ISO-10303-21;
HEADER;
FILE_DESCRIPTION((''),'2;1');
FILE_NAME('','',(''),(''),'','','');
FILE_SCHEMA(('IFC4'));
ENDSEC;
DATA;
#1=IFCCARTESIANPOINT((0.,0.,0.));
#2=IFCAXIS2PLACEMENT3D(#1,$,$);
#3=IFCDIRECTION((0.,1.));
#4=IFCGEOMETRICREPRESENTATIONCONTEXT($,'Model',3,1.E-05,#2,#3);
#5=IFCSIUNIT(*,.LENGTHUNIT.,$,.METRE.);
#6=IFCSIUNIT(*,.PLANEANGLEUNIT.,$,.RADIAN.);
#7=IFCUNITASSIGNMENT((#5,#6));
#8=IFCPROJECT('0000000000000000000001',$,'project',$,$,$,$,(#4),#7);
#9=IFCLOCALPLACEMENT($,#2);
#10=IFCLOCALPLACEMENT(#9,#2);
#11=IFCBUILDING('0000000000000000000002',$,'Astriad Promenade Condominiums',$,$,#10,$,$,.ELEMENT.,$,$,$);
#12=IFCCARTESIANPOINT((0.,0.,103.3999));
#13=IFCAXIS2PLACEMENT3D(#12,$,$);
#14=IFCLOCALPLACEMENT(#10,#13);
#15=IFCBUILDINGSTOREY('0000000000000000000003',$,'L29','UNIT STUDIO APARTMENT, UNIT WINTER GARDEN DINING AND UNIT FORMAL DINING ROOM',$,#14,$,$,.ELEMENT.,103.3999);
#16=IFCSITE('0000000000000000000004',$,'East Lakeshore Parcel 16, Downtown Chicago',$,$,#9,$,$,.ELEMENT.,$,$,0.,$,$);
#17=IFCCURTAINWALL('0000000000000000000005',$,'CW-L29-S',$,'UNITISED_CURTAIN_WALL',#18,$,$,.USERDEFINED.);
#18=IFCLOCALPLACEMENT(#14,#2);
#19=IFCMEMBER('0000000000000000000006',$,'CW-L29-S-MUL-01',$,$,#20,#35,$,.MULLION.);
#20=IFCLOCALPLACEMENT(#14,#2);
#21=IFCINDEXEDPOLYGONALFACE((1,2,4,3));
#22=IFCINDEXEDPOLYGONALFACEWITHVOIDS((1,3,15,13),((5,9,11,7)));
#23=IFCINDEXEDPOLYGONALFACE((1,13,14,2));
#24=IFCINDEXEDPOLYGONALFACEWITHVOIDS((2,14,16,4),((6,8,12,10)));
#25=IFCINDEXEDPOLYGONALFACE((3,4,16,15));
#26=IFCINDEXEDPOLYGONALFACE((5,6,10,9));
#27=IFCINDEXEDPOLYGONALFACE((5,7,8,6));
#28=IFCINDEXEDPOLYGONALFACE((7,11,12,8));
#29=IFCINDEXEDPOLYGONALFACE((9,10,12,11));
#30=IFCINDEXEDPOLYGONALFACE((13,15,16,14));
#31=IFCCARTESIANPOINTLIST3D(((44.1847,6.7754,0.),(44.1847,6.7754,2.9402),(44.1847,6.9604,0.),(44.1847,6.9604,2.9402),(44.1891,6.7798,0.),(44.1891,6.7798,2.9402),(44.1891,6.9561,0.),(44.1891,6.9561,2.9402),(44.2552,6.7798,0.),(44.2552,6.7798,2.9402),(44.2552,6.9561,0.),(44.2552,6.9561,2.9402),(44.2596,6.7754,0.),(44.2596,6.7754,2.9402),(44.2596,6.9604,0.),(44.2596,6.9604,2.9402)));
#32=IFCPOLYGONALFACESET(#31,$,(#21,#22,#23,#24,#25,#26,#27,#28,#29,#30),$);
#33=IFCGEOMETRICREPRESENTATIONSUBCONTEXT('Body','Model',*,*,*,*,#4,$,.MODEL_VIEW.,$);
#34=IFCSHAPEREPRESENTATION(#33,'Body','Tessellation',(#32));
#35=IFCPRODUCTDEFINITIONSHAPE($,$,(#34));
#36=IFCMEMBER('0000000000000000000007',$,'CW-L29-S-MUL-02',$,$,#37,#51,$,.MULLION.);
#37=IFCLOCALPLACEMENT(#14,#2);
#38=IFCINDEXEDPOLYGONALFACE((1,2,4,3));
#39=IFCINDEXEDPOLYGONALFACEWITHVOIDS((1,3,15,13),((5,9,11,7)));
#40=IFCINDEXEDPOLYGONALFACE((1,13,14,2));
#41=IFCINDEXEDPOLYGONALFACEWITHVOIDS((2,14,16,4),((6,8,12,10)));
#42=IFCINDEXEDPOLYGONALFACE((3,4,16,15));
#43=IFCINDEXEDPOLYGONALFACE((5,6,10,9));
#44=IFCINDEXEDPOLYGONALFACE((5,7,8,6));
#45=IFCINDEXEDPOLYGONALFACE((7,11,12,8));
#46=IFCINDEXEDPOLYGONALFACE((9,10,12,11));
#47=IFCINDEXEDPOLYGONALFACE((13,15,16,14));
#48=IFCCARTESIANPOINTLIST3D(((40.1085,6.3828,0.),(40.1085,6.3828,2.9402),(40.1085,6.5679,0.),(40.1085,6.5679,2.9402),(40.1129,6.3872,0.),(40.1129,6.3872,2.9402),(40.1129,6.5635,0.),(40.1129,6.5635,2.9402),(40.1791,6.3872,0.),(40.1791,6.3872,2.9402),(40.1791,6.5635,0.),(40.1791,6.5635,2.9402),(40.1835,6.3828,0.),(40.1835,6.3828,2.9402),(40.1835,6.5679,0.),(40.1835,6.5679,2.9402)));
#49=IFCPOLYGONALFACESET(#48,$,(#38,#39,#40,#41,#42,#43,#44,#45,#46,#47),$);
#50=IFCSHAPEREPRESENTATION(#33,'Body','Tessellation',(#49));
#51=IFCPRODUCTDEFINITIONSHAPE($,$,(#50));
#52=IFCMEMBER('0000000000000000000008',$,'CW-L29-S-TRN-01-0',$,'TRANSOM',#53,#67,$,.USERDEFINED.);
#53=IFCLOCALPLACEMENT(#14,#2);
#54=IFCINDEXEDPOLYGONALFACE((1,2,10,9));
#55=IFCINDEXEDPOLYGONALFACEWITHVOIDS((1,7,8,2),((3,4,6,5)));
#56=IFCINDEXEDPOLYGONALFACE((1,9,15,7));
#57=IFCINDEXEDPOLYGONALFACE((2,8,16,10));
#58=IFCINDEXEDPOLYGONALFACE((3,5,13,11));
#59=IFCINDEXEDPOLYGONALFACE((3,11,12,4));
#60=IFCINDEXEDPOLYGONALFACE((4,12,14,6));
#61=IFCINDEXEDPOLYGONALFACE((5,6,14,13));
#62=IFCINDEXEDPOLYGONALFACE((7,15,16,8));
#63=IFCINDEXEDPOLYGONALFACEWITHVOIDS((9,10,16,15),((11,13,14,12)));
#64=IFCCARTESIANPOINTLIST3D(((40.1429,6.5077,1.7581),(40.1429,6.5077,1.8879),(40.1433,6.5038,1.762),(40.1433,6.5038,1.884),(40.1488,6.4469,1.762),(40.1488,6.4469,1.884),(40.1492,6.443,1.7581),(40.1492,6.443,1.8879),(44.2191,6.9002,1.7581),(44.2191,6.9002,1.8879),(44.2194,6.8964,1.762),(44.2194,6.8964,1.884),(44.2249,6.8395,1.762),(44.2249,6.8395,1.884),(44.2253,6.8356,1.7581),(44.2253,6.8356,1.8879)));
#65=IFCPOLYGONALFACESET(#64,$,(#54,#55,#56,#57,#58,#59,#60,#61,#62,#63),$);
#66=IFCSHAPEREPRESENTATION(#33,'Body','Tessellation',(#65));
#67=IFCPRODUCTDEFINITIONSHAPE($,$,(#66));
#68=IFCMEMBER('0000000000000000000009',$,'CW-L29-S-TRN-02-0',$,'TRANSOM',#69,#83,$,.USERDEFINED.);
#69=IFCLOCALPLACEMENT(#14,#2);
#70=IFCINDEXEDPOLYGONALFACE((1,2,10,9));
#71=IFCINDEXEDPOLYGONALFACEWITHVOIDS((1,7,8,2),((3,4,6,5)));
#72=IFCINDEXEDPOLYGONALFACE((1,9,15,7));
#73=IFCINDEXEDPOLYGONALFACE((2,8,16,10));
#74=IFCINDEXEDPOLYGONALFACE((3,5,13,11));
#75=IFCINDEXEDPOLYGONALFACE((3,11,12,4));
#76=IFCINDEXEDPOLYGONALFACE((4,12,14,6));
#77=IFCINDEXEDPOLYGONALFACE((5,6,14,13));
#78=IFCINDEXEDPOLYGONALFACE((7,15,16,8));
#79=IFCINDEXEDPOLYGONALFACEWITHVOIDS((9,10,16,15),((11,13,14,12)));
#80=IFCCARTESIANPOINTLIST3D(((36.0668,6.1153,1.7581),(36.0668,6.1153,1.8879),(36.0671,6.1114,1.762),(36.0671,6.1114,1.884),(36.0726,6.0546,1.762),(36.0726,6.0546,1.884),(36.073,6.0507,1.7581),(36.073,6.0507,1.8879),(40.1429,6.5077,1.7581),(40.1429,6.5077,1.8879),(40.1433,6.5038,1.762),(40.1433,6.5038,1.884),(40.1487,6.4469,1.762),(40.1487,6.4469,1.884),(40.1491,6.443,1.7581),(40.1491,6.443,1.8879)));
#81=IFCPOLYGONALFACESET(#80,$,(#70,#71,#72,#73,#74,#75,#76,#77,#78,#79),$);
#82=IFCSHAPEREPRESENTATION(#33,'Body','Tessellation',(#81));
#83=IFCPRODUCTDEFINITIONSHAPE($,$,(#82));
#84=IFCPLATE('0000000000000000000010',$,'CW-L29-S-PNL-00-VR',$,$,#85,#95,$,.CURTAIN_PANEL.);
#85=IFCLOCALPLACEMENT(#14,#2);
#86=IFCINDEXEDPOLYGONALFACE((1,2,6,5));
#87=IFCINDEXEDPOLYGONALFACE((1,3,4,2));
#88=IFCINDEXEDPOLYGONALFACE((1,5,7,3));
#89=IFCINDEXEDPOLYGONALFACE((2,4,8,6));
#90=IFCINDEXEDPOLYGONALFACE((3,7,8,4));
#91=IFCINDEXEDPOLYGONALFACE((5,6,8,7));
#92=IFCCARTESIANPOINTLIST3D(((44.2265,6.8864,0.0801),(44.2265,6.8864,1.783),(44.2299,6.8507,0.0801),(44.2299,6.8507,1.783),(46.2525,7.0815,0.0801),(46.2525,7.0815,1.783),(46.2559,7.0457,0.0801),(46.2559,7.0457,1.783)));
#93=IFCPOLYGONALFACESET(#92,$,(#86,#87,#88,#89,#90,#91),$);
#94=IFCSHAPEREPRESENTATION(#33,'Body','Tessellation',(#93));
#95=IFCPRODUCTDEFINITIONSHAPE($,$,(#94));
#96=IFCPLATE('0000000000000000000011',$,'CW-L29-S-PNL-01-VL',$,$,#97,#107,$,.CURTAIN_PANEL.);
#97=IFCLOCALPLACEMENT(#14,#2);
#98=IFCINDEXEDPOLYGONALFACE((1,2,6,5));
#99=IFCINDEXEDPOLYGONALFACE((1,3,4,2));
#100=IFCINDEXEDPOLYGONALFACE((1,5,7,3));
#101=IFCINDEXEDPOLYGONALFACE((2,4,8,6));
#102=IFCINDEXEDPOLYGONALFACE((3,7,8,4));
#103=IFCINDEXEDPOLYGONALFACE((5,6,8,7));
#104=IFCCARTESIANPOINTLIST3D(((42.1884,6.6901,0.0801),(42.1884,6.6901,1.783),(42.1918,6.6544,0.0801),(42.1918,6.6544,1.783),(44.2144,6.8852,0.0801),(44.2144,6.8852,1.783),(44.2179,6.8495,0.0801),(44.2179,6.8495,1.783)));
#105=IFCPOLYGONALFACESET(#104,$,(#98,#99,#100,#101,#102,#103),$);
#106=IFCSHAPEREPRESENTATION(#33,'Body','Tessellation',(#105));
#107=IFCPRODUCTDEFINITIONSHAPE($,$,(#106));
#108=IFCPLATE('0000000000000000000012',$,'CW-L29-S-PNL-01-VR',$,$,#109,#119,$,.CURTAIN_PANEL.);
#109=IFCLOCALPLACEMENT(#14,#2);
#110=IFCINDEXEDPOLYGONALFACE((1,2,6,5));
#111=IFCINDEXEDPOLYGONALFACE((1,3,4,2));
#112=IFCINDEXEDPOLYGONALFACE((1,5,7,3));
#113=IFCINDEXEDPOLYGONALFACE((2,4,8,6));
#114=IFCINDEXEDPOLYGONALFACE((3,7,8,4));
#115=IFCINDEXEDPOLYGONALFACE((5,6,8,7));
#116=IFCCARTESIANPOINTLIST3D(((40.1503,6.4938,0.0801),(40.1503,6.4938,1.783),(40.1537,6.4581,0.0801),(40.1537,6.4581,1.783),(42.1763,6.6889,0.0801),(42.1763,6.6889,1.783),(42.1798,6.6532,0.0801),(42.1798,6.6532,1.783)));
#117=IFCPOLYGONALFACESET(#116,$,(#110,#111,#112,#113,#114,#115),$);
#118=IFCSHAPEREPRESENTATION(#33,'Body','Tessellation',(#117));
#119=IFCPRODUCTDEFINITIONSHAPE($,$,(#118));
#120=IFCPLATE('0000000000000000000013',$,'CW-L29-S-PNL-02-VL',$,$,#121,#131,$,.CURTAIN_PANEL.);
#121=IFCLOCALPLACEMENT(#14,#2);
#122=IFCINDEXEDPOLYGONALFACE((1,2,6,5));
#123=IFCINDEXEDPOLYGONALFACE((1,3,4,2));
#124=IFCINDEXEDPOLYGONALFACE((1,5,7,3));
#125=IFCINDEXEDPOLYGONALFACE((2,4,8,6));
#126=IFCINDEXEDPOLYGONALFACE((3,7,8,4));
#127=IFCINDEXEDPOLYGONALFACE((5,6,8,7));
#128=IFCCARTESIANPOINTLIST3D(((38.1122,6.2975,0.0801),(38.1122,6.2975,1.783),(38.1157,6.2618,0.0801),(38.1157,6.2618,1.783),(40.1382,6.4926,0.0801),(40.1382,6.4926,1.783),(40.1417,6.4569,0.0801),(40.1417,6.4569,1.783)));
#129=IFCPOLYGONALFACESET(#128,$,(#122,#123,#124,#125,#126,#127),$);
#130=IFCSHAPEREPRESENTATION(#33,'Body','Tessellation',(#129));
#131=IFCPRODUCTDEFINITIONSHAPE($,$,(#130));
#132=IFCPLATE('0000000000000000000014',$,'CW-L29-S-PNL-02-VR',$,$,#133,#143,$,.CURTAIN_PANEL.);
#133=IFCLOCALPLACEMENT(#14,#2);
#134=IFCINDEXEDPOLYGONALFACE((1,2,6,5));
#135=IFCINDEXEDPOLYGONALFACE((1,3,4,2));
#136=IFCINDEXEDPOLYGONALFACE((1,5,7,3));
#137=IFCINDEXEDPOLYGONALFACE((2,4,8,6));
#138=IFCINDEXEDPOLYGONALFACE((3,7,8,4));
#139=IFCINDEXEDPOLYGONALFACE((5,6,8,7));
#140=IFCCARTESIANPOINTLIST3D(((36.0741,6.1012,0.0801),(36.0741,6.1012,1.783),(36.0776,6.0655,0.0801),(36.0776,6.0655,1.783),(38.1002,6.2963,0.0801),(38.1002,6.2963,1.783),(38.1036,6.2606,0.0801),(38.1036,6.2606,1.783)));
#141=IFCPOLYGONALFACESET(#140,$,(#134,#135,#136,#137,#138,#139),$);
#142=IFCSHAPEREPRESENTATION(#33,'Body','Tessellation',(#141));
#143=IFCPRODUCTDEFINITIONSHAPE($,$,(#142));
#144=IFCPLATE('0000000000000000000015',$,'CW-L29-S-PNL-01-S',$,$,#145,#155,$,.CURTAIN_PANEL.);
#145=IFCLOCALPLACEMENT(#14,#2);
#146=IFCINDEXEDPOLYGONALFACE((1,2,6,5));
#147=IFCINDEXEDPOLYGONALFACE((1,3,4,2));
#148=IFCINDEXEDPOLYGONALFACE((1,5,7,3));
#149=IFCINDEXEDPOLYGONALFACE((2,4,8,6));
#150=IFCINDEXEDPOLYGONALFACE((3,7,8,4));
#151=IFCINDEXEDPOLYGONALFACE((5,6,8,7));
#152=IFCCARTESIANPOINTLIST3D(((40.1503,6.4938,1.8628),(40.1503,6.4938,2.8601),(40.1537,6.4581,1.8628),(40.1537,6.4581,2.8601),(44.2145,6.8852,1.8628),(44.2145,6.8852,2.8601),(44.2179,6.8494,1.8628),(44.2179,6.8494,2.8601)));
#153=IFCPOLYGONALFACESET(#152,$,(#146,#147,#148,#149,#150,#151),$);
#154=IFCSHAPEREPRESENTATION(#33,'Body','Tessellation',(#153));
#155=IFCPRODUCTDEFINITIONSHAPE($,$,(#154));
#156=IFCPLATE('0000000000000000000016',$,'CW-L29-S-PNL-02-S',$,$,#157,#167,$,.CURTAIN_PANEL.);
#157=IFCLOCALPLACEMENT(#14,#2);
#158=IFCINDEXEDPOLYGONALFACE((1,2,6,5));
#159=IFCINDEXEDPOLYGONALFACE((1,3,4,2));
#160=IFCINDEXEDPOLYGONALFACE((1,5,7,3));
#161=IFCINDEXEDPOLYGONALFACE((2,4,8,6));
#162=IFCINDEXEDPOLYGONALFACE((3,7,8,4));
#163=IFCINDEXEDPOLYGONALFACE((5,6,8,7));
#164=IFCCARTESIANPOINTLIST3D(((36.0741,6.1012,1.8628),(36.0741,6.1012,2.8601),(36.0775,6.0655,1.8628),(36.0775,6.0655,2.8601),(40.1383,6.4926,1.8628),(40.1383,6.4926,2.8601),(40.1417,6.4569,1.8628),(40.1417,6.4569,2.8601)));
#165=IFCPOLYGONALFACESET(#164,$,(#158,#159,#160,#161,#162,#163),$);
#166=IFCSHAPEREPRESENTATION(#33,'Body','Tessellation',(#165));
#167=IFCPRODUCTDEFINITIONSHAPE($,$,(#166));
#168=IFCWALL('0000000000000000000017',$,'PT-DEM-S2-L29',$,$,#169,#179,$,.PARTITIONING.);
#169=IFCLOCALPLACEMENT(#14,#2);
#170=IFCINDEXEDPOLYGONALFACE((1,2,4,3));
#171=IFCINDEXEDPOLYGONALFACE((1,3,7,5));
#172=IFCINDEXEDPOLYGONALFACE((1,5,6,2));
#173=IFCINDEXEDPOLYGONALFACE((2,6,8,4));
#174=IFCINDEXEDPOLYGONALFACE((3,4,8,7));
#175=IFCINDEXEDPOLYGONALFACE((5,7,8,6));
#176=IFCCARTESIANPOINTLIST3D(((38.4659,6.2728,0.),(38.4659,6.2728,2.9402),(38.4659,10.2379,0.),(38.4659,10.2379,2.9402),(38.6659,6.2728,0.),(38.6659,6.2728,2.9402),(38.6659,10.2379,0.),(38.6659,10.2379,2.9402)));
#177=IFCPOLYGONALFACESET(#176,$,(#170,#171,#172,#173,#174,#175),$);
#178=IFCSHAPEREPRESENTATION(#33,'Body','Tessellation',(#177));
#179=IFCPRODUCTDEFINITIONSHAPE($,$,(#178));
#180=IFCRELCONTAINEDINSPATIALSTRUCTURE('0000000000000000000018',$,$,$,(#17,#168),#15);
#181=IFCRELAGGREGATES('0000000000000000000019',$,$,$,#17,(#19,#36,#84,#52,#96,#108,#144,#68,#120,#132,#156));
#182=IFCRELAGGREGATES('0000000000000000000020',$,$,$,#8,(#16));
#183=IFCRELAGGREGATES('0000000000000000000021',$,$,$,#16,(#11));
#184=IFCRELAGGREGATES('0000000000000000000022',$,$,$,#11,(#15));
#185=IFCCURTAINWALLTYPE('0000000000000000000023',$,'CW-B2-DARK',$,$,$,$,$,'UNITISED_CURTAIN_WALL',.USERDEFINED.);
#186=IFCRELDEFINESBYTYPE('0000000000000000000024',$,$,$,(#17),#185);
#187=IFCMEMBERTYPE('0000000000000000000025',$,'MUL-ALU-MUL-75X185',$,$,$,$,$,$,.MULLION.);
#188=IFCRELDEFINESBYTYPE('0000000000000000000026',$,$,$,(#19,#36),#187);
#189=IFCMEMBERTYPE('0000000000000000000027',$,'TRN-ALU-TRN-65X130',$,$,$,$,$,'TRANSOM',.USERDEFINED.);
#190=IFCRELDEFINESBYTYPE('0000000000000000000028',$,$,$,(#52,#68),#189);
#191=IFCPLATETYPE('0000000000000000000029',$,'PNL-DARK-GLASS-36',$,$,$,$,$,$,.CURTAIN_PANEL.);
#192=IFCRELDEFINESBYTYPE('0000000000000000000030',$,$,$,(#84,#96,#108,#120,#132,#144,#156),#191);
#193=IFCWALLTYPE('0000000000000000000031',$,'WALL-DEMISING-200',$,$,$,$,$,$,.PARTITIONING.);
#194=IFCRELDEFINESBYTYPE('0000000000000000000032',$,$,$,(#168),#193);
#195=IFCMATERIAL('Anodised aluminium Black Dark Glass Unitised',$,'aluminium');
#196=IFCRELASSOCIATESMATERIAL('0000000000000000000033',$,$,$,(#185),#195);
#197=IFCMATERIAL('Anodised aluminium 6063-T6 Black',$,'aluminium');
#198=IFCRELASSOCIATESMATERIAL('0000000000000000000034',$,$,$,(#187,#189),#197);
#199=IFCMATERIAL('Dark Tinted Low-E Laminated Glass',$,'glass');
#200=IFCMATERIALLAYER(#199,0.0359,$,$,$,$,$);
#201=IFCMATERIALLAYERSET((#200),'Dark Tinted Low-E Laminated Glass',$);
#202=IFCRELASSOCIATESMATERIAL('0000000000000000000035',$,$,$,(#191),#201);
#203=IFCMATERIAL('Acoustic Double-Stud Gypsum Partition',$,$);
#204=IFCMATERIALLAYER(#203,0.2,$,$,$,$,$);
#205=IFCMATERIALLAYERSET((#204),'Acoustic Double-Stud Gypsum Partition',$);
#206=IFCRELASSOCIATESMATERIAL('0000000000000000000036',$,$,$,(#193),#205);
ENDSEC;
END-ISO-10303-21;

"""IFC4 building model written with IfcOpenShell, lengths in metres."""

from ifc_helpers import new_model, si_unit, direction, frame, frame_2d, origin, origin_2d, place, context, subcontext, project, spatial, rectangle, hollow_rectangle, extrude, source, transform, mapped, material, layer, layer_set, material_profile, profile_set, type_object, type_shapes, element, aggregate, save


model = new_model("IFC4")

# Units and contexts
model_context = context("Model", 3, precision=1e-05, world=origin(), true_north=direction((0.0, 1.0)))
body_context = subcontext(model_context, "Body", "Model", "MODEL_VIEW")
ifc_project = project(units=[si_unit("LENGTHUNIT", "METRE"), si_unit("PLANEANGLEUNIT", "RADIAN")], contexts=[model_context])

# Site, building, storey
site_placement = place(None, origin())
site = spatial("IfcSite", under=ifc_project, at=site_placement, Name="East Lakeshore Parcel 16, Downtown Chicago", CompositionType="ELEMENT", RefElevation=0.0)
building_placement = place(site_placement, origin())
building = spatial("IfcBuilding", under=site, at=building_placement, Name="Astriad Promenade Condominiums", CompositionType="ELEMENT")
storey_placement = place(building_placement, frame((0.0, 0.0, 103.3999)))
storey = spatial("IfcBuildingStorey", under=building, at=storey_placement, Name="L29", Description="UNIT STUDIO APARTMENT, UNIT WINTER GARDEN DINING AND UNIT FORMAL DINING ROOM", CompositionType="ELEMENT", Elevation=103.3999)

# Curtain wall, members, plates
ifc_material_1 = material(Name="Anodised aluminium Black Dark Glass Unitised", Category="aluminium")
curtain_wall_type = type_object("IfcCurtainWallType", Name="CW-B2-DARK", ElementType="UNITISED_CURTAIN_WALL", PredefinedType="USERDEFINED", material=ifc_material_1)
curtain_wall_placement = place(storey_placement, origin())
curtain_wall = element("IfcCurtainWall", 1, at=curtain_wall_placement, inside=storey, type_object=curtain_wall_type, Name="CW-L29-S", ObjectType="UNITISED_CURTAIN_WALL", PredefinedType="USERDEFINED")
ifc_material_2 = material(Name="Anodised aluminium 6063-T6 Black", Category="aluminium")
ifc_material_profile_1 = material_profile(ifc_material_2, hollow_rectangle(XDim=0.075, YDim=0.1851, WallThickness=0.0044, at=origin_2d()), Name="ALU-MUL-75X185")
ifc_profile_set_1 = profile_set([ifc_material_profile_1], Name="Anodised aluminium 6063-T6 Black")
member_type_1 = type_object("IfcMemberType", Name="MUL-ALU-MUL-75X185", PredefinedType="MULLION", material=ifc_profile_set_1)
shared_shape_1 = source(origin(), body_context, "Body", "SweptSolid", [
    extrude(hollow_rectangle(XDim=0.075, YDim=0.1851, WallThickness=0.0044, at=origin_2d()), origin(), (0.0, 0.0, 1.0), 2.9402),
])
type_shapes(member_type_1, [shared_shape_1])
member_1_placement = place(storey_placement, frame((44.2222, 6.8679, 0.0), z_axis=(0.0, 0.0, 1.0), x_axis=(1.0, 0.0, 0.0)))
member_1 = element("IfcMember", 2, at=member_1_placement, type_object=member_type_1, Name="CW-L29-S-MUL-01", PredefinedType="MULLION", context=body_context, shape_type="MappedRepresentation", body=[
    mapped(shared_shape_1, transform((0.0, 0.0, 0.0), scale=1.0)),
])
member_2_placement = place(storey_placement, frame((40.146, 6.4753, 0.0), z_axis=(0.0, 0.0, 1.0), x_axis=(1.0, 0.0, 0.0)))
member_2 = element("IfcMember", 3, at=member_2_placement, type_object=member_type_1, Name="CW-L29-S-MUL-02", PredefinedType="MULLION", context=body_context, shape_type="MappedRepresentation", body=[
    mapped(shared_shape_1, transform((0.0, 0.0, 0.0), scale=1.0)),
])
ifc_material_profile_2 = material_profile(ifc_material_2, hollow_rectangle(XDim=0.0649, YDim=0.1299, WallThickness=0.0039, at=origin_2d()), Name="ALU-TRN-65X130")
ifc_profile_set_2 = profile_set([ifc_material_profile_2], Name="Anodised aluminium 6063-T6 Black")
member_type_2 = type_object("IfcMemberType", Name="TRN-ALU-TRN-65X130", ElementType="TRANSOM", PredefinedType="USERDEFINED", material=ifc_profile_set_2)
shared_shape_2 = source(origin(), body_context, "Body", "SweptSolid", [
    extrude(hollow_rectangle(XDim=0.0649, YDim=0.1299, WallThickness=0.0039, at=origin_2d()), origin(), (0.0, 0.0, 1.0), 4.095),
])
type_shapes(member_type_2, [shared_shape_2])
member_3_placement = place(storey_placement, frame((44.2222, 6.8679, 1.823), z_axis=(-0.995394, -0.095867, 0.0), x_axis=(0.095867, -0.995394, 0.0)))
member_3 = element("IfcMember", 4, at=member_3_placement, type_object=member_type_2, Name="CW-L29-S-TRN-01-0", ObjectType="TRANSOM", PredefinedType="USERDEFINED", context=body_context, shape_type="MappedRepresentation", body=[
    mapped(shared_shape_2, transform((0.0, 0.0, 0.0), scale=1.0)),
])
member_4_placement = place(storey_placement, frame((40.146, 6.4753, 1.823), z_axis=(-0.9954, -0.095808, 0.0), x_axis=(0.095808, -0.9954, 0.0)))
member_4 = element("IfcMember", 5, at=member_4_placement, type_object=member_type_2, Name="CW-L29-S-TRN-02-0", ObjectType="TRANSOM", PredefinedType="USERDEFINED", context=body_context, shape_type="MappedRepresentation", body=[
    mapped(shared_shape_2, transform((0.0, 0.0, 0.0), scale=1.0)),
])
ifc_material_3 = material(Name="Dark Tinted Low-E Laminated Glass", Category="glass")
ifc_layer_1 = layer(ifc_material_3, 0.0359)
ifc_layer_set_1 = layer_set([ifc_layer_1], Name="Dark Tinted Low-E Laminated Glass")
plate_type = type_object("IfcPlateType", Name="PNL-DARK-GLASS-36", PredefinedType="CURTAIN_PANEL", material=ifc_layer_set_1)
shared_shape_3 = source(origin(), body_context, "Body", "SweptSolid", [
    extrude(rectangle(XDim=2.0354, YDim=0.0359, at=origin_2d()), origin(), (0.0, 0.0, 1.0), 1.7029),
])
plate_1_placement = place(storey_placement, frame((45.2412, 6.9661, 0.0801), z_axis=(0.0, 0.0, 1.0), x_axis=(-0.995396, -0.095846, 0.0)))
plate_1 = element("IfcPlate", 6, at=plate_1_placement, type_object=plate_type, Name="CW-L29-S-PNL-00-VR", PredefinedType="CURTAIN_PANEL", context=body_context, shape_type="MappedRepresentation", body=[
    mapped(shared_shape_3, transform((0.0, 0.0, 0.0), scale=1.0)),
])
plate_2_placement = place(storey_placement, frame((43.2031, 6.7698, 0.0801), z_axis=(0.0, 0.0, 1.0), x_axis=(-0.995396, -0.095846, 0.0)))
plate_2 = element("IfcPlate", 7, at=plate_2_placement, type_object=plate_type, Name="CW-L29-S-PNL-01-VL", PredefinedType="CURTAIN_PANEL", context=body_context, shape_type="MappedRepresentation", body=[
    mapped(shared_shape_3, transform((0.0, 0.0, 0.0), scale=1.0)),
])
plate_3_placement = place(storey_placement, frame((41.165, 6.5735, 0.0801), z_axis=(0.0, 0.0, 1.0), x_axis=(-0.995396, -0.095846, 0.0)))
plate_3 = element("IfcPlate", 8, at=plate_3_placement, type_object=plate_type, Name="CW-L29-S-PNL-01-VR", PredefinedType="CURTAIN_PANEL", context=body_context, shape_type="MappedRepresentation", body=[
    mapped(shared_shape_3, transform((0.0, 0.0, 0.0), scale=1.0)),
])
plate_4_placement = place(storey_placement, frame((39.127, 6.3772, 0.0801), z_axis=(0.0, 0.0, 1.0), x_axis=(-0.995396, -0.095846, 0.0)))
plate_4 = element("IfcPlate", 9, at=plate_4_placement, type_object=plate_type, Name="CW-L29-S-PNL-02-VL", PredefinedType="CURTAIN_PANEL", context=body_context, shape_type="MappedRepresentation", body=[
    mapped(shared_shape_3, transform((0.0, 0.0, 0.0), scale=1.0)),
])
plate_5_placement = place(storey_placement, frame((37.0889, 6.1809, 0.0801), z_axis=(0.0, 0.0, 1.0), x_axis=(-0.995396, -0.095846, 0.0)))
plate_5 = element("IfcPlate", 10, at=plate_5_placement, type_object=plate_type, Name="CW-L29-S-PNL-02-VR", PredefinedType="CURTAIN_PANEL", context=body_context, shape_type="MappedRepresentation", body=[
    mapped(shared_shape_3, transform((0.0, 0.0, 0.0), scale=1.0)),
])
shared_shape_4 = source(origin(), body_context, "Body", "SweptSolid", [
    extrude(rectangle(XDim=4.083, YDim=0.0359, at=origin_2d()), origin(), (0.0, 0.0, 1.0), 0.9973),
])
type_shapes(plate_type, [shared_shape_3, shared_shape_4])
plate_6_placement = place(storey_placement, frame((42.1841, 6.6716, 1.8628), z_axis=(0.0, 0.0, 1.0), x_axis=(-0.995396, -0.095846, 0.0)))
plate_6 = element("IfcPlate", 11, at=plate_6_placement, type_object=plate_type, Name="CW-L29-S-PNL-01-S", PredefinedType="CURTAIN_PANEL", context=body_context, shape_type="MappedRepresentation", body=[
    mapped(shared_shape_4, transform((0.0, 0.0, 0.0), scale=1.0)),
])
plate_7_placement = place(storey_placement, frame((38.1079, 6.2791, 1.8628), z_axis=(0.0, 0.0, 1.0), x_axis=(-0.995396, -0.095846, 0.0)))
plate_7 = element("IfcPlate", 12, at=plate_7_placement, type_object=plate_type, Name="CW-L29-S-PNL-02-S", PredefinedType="CURTAIN_PANEL", context=body_context, shape_type="MappedRepresentation", body=[
    mapped(shared_shape_4, transform((0.0, 0.0, 0.0), scale=1.0)),
])
aggregate(curtain_wall, [member_1, member_2, plate_1, member_3, plate_2, plate_3, plate_6, member_4, plate_4, plate_5, plate_7])

# Wall
ifc_material_4 = material(Name="Acoustic Double-Stud Gypsum Partition")
ifc_layer_2 = layer(ifc_material_4, 0.2)
ifc_layer_set_2 = layer_set([ifc_layer_2], Name="Acoustic Double-Stud Gypsum Partition")
wall_type = type_object("IfcWallType", Name="WALL-DEMISING-200", PredefinedType="PARTITIONING", material=ifc_layer_set_2)
wall_placement = place(storey_placement, frame((38.5659, 6.2729, 0.0), z_axis=(0.0, 0.0, 1.0), x_axis=(0.0, 1.0, 0.0)))
element("IfcWall", 13, at=wall_placement, inside=storey, type_object=wall_type, Name="PT-DEM-S2-L29", PredefinedType="PARTITIONING", context=body_context, shape_type="SweptSolid", body=[
    extrude(rectangle(XDim=3.9651, YDim=0.2, at=frame_2d((1.9824, 0.0))), origin(), (0.0, 0.0, 1.0), 2.9402),
])

save(model, "model.ifc")
